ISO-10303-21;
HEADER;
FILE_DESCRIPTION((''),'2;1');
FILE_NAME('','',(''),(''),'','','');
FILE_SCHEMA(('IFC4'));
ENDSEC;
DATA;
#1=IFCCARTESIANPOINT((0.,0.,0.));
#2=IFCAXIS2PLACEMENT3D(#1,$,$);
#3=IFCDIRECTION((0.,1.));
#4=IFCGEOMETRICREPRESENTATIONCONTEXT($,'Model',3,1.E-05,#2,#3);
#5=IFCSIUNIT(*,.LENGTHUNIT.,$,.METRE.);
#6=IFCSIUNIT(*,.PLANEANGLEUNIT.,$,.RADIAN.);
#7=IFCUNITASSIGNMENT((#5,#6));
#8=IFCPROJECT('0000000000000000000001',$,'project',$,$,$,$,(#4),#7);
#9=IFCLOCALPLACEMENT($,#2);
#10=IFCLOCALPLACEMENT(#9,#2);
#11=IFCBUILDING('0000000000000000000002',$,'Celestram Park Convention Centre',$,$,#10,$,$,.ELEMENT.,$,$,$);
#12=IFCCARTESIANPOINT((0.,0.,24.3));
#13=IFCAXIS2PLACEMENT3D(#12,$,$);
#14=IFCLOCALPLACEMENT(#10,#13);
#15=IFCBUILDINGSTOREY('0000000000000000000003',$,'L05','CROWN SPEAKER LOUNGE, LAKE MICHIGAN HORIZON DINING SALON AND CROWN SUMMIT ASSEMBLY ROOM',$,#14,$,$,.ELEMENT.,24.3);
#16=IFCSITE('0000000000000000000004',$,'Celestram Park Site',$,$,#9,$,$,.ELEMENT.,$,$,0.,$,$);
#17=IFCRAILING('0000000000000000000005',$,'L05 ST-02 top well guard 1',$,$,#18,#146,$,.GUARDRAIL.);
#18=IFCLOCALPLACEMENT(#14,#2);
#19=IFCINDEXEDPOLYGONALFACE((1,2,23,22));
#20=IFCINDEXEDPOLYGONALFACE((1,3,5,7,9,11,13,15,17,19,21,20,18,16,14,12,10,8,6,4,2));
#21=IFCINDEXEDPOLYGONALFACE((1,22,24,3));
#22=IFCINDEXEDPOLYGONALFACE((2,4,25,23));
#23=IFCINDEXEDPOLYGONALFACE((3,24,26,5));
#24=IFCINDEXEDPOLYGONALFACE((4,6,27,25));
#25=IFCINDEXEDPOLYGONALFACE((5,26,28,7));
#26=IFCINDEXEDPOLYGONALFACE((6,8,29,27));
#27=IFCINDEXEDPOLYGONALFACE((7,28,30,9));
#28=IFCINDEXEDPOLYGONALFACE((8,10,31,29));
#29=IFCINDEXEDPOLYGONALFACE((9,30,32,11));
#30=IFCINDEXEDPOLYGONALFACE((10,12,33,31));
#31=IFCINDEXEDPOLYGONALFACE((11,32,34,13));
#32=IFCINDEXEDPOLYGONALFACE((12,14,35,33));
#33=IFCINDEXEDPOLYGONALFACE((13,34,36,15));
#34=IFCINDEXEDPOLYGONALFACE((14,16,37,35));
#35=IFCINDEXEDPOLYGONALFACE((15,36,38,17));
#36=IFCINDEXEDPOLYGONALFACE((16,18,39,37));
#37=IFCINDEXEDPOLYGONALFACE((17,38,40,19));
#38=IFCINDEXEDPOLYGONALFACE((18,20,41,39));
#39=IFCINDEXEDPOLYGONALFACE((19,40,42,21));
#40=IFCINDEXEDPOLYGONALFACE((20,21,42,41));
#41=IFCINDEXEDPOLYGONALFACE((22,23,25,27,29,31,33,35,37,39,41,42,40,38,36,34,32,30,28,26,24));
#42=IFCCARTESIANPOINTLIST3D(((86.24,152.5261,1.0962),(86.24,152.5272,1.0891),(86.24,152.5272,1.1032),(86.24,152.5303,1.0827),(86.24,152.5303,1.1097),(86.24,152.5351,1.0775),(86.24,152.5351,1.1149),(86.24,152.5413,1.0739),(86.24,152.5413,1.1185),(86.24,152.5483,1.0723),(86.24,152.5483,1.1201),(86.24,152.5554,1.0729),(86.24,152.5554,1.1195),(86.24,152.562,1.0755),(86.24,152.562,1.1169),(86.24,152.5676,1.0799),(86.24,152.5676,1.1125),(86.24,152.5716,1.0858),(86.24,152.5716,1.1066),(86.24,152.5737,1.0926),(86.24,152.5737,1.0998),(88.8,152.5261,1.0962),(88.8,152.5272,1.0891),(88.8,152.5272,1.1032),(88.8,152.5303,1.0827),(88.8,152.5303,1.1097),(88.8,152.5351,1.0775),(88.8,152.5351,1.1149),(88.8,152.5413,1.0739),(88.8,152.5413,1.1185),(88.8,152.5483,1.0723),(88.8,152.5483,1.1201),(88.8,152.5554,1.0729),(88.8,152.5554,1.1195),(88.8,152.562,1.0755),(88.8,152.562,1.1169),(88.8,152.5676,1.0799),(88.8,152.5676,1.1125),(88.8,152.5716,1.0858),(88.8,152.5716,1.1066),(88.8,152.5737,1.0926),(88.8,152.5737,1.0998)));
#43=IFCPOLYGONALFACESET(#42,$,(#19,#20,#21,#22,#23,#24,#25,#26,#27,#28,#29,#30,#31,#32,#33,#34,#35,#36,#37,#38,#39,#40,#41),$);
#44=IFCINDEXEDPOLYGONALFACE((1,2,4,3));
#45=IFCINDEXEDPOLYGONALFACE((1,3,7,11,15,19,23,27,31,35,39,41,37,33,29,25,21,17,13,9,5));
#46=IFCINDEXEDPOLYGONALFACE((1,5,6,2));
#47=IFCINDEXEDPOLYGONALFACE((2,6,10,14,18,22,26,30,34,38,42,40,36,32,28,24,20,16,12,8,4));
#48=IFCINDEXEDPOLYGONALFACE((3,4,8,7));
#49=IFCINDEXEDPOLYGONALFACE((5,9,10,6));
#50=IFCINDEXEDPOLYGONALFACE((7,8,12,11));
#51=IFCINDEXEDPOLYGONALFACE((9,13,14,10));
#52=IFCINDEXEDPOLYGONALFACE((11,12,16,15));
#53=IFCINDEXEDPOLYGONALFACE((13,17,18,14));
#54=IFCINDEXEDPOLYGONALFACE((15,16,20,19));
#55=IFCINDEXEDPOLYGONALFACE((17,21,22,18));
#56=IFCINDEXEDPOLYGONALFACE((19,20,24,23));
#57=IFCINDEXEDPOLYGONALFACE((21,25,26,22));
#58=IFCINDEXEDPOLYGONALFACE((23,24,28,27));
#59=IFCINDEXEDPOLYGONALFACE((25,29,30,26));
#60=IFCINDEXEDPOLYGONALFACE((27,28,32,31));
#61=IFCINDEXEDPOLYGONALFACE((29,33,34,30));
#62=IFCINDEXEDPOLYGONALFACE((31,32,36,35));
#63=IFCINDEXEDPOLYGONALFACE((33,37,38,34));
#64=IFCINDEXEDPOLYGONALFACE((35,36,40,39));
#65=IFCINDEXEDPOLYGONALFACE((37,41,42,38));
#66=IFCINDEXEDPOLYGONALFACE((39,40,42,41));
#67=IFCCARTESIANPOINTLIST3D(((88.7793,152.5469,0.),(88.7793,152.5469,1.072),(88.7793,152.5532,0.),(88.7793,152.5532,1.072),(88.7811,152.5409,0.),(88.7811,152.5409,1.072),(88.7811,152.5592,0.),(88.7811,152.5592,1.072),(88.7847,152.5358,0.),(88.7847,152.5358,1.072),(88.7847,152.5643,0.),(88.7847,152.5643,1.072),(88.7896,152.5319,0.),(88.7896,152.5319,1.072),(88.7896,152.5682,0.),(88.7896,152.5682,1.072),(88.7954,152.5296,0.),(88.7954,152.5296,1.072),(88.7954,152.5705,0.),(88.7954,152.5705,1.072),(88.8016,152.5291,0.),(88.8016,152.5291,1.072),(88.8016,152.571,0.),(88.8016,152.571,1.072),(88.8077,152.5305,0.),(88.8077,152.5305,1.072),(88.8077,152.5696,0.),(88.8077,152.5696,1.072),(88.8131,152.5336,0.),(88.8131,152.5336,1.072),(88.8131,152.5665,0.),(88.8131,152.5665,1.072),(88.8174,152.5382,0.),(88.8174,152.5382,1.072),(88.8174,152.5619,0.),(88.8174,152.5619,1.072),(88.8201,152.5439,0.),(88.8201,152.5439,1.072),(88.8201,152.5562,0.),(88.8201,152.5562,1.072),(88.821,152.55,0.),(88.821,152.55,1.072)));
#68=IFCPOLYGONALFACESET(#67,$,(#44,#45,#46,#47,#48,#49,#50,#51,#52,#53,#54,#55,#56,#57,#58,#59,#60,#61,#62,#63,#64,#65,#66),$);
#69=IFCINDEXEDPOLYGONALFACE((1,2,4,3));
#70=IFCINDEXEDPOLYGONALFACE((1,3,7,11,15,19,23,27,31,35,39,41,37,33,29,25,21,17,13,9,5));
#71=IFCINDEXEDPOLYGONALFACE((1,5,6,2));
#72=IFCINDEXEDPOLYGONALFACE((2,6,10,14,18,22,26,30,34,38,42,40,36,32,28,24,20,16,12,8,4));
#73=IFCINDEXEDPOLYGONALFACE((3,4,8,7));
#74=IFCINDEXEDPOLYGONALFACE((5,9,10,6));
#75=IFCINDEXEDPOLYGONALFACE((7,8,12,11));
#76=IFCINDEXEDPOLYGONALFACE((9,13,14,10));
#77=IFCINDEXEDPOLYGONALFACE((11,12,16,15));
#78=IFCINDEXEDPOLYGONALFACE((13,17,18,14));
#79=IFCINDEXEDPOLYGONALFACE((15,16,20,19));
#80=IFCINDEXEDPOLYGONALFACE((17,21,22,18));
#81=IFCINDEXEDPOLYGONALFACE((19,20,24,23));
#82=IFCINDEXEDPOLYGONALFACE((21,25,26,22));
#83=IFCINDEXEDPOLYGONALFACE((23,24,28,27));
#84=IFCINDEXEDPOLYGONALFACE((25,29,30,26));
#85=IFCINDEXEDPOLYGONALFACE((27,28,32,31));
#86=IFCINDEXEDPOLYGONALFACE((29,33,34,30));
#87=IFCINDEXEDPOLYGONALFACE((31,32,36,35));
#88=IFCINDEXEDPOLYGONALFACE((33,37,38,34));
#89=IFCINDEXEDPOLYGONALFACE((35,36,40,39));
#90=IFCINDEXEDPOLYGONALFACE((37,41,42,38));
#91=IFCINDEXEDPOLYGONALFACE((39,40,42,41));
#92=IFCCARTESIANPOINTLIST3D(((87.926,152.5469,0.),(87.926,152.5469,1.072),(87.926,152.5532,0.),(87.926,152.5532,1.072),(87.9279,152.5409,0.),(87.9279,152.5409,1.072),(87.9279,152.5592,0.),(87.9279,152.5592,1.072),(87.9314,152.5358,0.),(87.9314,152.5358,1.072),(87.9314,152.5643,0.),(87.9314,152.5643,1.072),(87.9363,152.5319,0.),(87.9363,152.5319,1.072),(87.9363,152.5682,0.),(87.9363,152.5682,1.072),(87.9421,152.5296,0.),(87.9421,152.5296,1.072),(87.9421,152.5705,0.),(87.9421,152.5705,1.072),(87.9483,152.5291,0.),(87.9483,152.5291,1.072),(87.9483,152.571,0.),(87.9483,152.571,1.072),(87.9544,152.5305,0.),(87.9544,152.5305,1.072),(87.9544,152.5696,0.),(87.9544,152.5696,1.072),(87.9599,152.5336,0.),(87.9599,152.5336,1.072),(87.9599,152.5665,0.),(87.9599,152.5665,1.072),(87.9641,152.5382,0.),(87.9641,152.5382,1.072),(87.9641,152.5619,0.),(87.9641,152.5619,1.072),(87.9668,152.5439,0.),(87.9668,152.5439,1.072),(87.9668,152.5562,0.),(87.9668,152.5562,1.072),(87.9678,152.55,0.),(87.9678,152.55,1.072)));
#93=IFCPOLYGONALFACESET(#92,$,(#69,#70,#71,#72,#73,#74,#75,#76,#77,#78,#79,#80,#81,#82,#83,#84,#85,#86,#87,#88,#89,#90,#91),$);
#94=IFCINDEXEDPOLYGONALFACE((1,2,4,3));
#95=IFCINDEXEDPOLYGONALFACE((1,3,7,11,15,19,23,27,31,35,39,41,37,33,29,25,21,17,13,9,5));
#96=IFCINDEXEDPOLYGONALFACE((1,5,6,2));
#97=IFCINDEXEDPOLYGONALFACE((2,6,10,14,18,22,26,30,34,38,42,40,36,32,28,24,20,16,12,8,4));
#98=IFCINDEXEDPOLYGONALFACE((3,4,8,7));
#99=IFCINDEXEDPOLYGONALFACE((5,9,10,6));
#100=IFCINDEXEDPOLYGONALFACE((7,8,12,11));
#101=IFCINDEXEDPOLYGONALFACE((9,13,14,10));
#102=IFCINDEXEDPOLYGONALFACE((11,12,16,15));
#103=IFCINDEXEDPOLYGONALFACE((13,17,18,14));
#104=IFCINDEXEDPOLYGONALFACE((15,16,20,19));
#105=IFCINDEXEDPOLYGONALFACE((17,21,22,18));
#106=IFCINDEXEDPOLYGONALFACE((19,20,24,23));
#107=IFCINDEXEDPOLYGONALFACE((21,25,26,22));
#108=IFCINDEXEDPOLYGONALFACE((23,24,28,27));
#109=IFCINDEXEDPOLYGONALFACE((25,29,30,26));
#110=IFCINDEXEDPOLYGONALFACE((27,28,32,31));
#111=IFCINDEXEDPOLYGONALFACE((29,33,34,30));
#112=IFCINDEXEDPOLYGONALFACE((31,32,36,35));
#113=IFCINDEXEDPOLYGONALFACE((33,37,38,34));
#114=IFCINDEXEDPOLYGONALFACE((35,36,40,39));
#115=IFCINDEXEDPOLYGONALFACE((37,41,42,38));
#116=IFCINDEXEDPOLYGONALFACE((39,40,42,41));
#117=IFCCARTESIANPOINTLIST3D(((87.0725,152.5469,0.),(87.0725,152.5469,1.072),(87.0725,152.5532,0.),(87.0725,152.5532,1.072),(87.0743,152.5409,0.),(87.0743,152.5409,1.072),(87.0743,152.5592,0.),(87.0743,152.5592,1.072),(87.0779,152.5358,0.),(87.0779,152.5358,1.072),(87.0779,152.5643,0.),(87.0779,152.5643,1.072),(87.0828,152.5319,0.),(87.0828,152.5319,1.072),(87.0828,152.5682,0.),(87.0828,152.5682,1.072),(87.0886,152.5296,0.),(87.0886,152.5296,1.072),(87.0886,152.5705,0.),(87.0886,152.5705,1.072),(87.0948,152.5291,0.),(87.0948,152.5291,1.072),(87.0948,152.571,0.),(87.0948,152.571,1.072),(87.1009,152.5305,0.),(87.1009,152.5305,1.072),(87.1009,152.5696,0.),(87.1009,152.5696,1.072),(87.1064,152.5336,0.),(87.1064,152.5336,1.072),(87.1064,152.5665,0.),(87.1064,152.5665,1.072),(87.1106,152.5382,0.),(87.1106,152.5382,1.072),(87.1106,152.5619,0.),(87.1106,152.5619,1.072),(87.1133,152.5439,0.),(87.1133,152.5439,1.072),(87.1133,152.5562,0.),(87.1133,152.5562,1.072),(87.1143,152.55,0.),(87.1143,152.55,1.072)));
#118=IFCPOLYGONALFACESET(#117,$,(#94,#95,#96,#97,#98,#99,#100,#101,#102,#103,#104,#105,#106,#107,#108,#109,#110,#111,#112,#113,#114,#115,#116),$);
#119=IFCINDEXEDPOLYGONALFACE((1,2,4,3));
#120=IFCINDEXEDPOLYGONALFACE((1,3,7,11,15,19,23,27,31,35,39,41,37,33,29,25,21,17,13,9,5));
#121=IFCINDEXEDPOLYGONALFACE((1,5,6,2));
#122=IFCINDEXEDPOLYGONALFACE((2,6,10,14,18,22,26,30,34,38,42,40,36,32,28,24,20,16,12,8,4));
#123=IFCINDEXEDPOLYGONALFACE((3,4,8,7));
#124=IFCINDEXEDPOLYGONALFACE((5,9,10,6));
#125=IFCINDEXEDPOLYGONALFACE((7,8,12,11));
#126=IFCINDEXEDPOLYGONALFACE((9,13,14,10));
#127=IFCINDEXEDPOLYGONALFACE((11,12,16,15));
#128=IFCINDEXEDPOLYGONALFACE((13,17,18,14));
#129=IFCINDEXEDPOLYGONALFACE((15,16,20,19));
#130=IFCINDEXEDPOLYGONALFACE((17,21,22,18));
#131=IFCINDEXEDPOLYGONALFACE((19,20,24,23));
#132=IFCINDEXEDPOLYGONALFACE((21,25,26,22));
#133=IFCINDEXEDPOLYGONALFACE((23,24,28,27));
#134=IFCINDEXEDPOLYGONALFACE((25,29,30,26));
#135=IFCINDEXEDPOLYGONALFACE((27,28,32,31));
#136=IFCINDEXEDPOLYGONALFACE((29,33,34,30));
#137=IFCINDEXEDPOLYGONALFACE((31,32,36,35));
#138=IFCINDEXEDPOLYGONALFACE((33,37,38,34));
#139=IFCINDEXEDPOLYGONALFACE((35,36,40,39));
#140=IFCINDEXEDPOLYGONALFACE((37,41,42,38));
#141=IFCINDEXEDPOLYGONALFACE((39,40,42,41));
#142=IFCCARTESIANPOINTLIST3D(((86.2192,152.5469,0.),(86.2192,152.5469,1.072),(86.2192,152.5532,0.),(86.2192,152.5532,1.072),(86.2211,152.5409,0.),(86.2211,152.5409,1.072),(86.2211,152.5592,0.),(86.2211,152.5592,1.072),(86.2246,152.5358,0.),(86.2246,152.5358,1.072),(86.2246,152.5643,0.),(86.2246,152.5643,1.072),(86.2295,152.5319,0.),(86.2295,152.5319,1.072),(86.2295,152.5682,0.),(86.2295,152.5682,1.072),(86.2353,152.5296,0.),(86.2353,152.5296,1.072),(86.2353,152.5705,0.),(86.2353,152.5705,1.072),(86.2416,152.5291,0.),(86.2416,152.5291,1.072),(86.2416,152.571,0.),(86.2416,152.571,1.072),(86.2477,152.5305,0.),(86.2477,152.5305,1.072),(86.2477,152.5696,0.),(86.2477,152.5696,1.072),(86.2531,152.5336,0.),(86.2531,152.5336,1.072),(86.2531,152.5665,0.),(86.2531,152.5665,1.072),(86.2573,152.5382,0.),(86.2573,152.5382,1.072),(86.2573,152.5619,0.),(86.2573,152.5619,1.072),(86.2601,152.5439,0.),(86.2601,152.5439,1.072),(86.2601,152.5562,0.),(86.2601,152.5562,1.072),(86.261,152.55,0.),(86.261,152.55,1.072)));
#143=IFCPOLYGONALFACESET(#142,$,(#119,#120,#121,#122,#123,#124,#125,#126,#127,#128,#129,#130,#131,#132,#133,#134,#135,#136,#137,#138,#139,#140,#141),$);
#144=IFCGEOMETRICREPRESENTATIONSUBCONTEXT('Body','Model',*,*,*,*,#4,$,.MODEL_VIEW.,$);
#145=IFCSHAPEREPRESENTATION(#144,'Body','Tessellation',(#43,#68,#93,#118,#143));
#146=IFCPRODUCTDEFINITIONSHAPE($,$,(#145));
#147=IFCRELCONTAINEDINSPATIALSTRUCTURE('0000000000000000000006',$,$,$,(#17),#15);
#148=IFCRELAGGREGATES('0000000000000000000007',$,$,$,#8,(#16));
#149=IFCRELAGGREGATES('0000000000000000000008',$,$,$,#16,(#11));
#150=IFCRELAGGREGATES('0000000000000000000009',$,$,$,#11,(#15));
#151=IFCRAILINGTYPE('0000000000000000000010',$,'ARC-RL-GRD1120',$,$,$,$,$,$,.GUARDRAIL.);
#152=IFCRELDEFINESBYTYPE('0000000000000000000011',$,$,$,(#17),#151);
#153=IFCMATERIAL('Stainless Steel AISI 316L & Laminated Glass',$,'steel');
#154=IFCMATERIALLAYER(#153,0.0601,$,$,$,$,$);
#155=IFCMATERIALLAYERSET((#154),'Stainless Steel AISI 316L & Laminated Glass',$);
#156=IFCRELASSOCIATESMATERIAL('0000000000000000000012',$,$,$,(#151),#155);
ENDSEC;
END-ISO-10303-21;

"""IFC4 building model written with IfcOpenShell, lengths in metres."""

from ifc_helpers import new_model, si_unit, direction, frame, origin, origin_2d, place, context, subcontext, project, spatial, circle, extrude, material, layer, layer_set, type_object, element, save


model = new_model("IFC4")

# Units and contexts
model_context = context("Model", 3, precision=1e-05, world=origin(), true_north=direction((0.0, 1.0)))
body_context = subcontext(model_context, "Body", "Model", "MODEL_VIEW")
ifc_project = project(units=[si_unit("LENGTHUNIT", "METRE"), si_unit("PLANEANGLEUNIT", "RADIAN")], contexts=[model_context])

# Site, building, storey
site_placement = place(None, origin())
site = spatial("IfcSite", under=ifc_project, at=site_placement, Name="Celestram Park Site", CompositionType="ELEMENT", RefElevation=0.0)
building_placement = place(site_placement, origin())
building = spatial("IfcBuilding", under=site, at=building_placement, Name="Celestram Park Convention Centre", CompositionType="ELEMENT")
storey_placement = place(building_placement, frame((0.0, 0.0, 24.3)))
storey = spatial("IfcBuildingStorey", under=building, at=storey_placement, Name="L05", Description="CROWN SPEAKER LOUNGE, LAKE MICHIGAN HORIZON DINING SALON AND CROWN SUMMIT ASSEMBLY ROOM", CompositionType="ELEMENT", Elevation=24.3)

# Railing
ifc_material_1 = material(Name="Stainless Steel AISI 316L & Laminated Glass", Category="steel")
ifc_layer_1 = layer(ifc_material_1, 0.0601)
ifc_layer_set_1 = layer_set([ifc_layer_1], Name="Stainless Steel AISI 316L & Laminated Glass")
railing_type = type_object("IfcRailingType", Name="ARC-RL-GRD1120", PredefinedType="GUARDRAIL", material=ifc_layer_set_1)
railing_placement = place(storey_placement, frame((88.8, 152.55, 0.0)))
element("IfcRailing", 1, at=railing_placement, inside=storey, type_object=railing_type, Name="L05 ST-02 top well guard 1", PredefinedType="GUARDRAIL", context=body_context, shape_type="SweptSolid", body=[
    extrude(circle(Radius=0.0239, at=origin_2d()), frame((0.0, 0.0, 1.0962), z_axis=(-1.0, 0.0, 0.0), x_axis=(0.0, -1.0, 0.0)), (0.0, 0.0, 1.0), 2.5601),
    extrude(circle(Radius=0.021, at=origin_2d()), origin(), (0.0, 0.0, 1.0), 1.072),
    extrude(circle(Radius=0.021, at=origin_2d()), frame((-0.8533, 0.0, 0.0)), (0.0, 0.0, 1.0), 1.072),
    extrude(circle(Radius=0.021, at=origin_2d()), frame((-1.7068, 0.0, 0.0)), (0.0, 0.0, 1.0), 1.072),
    extrude(circle(Radius=0.021, at=origin_2d()), frame((-2.5601, 0.0, 0.0)), (0.0, 0.0, 1.0), 1.072),
])

save(model, "model.ifc")
